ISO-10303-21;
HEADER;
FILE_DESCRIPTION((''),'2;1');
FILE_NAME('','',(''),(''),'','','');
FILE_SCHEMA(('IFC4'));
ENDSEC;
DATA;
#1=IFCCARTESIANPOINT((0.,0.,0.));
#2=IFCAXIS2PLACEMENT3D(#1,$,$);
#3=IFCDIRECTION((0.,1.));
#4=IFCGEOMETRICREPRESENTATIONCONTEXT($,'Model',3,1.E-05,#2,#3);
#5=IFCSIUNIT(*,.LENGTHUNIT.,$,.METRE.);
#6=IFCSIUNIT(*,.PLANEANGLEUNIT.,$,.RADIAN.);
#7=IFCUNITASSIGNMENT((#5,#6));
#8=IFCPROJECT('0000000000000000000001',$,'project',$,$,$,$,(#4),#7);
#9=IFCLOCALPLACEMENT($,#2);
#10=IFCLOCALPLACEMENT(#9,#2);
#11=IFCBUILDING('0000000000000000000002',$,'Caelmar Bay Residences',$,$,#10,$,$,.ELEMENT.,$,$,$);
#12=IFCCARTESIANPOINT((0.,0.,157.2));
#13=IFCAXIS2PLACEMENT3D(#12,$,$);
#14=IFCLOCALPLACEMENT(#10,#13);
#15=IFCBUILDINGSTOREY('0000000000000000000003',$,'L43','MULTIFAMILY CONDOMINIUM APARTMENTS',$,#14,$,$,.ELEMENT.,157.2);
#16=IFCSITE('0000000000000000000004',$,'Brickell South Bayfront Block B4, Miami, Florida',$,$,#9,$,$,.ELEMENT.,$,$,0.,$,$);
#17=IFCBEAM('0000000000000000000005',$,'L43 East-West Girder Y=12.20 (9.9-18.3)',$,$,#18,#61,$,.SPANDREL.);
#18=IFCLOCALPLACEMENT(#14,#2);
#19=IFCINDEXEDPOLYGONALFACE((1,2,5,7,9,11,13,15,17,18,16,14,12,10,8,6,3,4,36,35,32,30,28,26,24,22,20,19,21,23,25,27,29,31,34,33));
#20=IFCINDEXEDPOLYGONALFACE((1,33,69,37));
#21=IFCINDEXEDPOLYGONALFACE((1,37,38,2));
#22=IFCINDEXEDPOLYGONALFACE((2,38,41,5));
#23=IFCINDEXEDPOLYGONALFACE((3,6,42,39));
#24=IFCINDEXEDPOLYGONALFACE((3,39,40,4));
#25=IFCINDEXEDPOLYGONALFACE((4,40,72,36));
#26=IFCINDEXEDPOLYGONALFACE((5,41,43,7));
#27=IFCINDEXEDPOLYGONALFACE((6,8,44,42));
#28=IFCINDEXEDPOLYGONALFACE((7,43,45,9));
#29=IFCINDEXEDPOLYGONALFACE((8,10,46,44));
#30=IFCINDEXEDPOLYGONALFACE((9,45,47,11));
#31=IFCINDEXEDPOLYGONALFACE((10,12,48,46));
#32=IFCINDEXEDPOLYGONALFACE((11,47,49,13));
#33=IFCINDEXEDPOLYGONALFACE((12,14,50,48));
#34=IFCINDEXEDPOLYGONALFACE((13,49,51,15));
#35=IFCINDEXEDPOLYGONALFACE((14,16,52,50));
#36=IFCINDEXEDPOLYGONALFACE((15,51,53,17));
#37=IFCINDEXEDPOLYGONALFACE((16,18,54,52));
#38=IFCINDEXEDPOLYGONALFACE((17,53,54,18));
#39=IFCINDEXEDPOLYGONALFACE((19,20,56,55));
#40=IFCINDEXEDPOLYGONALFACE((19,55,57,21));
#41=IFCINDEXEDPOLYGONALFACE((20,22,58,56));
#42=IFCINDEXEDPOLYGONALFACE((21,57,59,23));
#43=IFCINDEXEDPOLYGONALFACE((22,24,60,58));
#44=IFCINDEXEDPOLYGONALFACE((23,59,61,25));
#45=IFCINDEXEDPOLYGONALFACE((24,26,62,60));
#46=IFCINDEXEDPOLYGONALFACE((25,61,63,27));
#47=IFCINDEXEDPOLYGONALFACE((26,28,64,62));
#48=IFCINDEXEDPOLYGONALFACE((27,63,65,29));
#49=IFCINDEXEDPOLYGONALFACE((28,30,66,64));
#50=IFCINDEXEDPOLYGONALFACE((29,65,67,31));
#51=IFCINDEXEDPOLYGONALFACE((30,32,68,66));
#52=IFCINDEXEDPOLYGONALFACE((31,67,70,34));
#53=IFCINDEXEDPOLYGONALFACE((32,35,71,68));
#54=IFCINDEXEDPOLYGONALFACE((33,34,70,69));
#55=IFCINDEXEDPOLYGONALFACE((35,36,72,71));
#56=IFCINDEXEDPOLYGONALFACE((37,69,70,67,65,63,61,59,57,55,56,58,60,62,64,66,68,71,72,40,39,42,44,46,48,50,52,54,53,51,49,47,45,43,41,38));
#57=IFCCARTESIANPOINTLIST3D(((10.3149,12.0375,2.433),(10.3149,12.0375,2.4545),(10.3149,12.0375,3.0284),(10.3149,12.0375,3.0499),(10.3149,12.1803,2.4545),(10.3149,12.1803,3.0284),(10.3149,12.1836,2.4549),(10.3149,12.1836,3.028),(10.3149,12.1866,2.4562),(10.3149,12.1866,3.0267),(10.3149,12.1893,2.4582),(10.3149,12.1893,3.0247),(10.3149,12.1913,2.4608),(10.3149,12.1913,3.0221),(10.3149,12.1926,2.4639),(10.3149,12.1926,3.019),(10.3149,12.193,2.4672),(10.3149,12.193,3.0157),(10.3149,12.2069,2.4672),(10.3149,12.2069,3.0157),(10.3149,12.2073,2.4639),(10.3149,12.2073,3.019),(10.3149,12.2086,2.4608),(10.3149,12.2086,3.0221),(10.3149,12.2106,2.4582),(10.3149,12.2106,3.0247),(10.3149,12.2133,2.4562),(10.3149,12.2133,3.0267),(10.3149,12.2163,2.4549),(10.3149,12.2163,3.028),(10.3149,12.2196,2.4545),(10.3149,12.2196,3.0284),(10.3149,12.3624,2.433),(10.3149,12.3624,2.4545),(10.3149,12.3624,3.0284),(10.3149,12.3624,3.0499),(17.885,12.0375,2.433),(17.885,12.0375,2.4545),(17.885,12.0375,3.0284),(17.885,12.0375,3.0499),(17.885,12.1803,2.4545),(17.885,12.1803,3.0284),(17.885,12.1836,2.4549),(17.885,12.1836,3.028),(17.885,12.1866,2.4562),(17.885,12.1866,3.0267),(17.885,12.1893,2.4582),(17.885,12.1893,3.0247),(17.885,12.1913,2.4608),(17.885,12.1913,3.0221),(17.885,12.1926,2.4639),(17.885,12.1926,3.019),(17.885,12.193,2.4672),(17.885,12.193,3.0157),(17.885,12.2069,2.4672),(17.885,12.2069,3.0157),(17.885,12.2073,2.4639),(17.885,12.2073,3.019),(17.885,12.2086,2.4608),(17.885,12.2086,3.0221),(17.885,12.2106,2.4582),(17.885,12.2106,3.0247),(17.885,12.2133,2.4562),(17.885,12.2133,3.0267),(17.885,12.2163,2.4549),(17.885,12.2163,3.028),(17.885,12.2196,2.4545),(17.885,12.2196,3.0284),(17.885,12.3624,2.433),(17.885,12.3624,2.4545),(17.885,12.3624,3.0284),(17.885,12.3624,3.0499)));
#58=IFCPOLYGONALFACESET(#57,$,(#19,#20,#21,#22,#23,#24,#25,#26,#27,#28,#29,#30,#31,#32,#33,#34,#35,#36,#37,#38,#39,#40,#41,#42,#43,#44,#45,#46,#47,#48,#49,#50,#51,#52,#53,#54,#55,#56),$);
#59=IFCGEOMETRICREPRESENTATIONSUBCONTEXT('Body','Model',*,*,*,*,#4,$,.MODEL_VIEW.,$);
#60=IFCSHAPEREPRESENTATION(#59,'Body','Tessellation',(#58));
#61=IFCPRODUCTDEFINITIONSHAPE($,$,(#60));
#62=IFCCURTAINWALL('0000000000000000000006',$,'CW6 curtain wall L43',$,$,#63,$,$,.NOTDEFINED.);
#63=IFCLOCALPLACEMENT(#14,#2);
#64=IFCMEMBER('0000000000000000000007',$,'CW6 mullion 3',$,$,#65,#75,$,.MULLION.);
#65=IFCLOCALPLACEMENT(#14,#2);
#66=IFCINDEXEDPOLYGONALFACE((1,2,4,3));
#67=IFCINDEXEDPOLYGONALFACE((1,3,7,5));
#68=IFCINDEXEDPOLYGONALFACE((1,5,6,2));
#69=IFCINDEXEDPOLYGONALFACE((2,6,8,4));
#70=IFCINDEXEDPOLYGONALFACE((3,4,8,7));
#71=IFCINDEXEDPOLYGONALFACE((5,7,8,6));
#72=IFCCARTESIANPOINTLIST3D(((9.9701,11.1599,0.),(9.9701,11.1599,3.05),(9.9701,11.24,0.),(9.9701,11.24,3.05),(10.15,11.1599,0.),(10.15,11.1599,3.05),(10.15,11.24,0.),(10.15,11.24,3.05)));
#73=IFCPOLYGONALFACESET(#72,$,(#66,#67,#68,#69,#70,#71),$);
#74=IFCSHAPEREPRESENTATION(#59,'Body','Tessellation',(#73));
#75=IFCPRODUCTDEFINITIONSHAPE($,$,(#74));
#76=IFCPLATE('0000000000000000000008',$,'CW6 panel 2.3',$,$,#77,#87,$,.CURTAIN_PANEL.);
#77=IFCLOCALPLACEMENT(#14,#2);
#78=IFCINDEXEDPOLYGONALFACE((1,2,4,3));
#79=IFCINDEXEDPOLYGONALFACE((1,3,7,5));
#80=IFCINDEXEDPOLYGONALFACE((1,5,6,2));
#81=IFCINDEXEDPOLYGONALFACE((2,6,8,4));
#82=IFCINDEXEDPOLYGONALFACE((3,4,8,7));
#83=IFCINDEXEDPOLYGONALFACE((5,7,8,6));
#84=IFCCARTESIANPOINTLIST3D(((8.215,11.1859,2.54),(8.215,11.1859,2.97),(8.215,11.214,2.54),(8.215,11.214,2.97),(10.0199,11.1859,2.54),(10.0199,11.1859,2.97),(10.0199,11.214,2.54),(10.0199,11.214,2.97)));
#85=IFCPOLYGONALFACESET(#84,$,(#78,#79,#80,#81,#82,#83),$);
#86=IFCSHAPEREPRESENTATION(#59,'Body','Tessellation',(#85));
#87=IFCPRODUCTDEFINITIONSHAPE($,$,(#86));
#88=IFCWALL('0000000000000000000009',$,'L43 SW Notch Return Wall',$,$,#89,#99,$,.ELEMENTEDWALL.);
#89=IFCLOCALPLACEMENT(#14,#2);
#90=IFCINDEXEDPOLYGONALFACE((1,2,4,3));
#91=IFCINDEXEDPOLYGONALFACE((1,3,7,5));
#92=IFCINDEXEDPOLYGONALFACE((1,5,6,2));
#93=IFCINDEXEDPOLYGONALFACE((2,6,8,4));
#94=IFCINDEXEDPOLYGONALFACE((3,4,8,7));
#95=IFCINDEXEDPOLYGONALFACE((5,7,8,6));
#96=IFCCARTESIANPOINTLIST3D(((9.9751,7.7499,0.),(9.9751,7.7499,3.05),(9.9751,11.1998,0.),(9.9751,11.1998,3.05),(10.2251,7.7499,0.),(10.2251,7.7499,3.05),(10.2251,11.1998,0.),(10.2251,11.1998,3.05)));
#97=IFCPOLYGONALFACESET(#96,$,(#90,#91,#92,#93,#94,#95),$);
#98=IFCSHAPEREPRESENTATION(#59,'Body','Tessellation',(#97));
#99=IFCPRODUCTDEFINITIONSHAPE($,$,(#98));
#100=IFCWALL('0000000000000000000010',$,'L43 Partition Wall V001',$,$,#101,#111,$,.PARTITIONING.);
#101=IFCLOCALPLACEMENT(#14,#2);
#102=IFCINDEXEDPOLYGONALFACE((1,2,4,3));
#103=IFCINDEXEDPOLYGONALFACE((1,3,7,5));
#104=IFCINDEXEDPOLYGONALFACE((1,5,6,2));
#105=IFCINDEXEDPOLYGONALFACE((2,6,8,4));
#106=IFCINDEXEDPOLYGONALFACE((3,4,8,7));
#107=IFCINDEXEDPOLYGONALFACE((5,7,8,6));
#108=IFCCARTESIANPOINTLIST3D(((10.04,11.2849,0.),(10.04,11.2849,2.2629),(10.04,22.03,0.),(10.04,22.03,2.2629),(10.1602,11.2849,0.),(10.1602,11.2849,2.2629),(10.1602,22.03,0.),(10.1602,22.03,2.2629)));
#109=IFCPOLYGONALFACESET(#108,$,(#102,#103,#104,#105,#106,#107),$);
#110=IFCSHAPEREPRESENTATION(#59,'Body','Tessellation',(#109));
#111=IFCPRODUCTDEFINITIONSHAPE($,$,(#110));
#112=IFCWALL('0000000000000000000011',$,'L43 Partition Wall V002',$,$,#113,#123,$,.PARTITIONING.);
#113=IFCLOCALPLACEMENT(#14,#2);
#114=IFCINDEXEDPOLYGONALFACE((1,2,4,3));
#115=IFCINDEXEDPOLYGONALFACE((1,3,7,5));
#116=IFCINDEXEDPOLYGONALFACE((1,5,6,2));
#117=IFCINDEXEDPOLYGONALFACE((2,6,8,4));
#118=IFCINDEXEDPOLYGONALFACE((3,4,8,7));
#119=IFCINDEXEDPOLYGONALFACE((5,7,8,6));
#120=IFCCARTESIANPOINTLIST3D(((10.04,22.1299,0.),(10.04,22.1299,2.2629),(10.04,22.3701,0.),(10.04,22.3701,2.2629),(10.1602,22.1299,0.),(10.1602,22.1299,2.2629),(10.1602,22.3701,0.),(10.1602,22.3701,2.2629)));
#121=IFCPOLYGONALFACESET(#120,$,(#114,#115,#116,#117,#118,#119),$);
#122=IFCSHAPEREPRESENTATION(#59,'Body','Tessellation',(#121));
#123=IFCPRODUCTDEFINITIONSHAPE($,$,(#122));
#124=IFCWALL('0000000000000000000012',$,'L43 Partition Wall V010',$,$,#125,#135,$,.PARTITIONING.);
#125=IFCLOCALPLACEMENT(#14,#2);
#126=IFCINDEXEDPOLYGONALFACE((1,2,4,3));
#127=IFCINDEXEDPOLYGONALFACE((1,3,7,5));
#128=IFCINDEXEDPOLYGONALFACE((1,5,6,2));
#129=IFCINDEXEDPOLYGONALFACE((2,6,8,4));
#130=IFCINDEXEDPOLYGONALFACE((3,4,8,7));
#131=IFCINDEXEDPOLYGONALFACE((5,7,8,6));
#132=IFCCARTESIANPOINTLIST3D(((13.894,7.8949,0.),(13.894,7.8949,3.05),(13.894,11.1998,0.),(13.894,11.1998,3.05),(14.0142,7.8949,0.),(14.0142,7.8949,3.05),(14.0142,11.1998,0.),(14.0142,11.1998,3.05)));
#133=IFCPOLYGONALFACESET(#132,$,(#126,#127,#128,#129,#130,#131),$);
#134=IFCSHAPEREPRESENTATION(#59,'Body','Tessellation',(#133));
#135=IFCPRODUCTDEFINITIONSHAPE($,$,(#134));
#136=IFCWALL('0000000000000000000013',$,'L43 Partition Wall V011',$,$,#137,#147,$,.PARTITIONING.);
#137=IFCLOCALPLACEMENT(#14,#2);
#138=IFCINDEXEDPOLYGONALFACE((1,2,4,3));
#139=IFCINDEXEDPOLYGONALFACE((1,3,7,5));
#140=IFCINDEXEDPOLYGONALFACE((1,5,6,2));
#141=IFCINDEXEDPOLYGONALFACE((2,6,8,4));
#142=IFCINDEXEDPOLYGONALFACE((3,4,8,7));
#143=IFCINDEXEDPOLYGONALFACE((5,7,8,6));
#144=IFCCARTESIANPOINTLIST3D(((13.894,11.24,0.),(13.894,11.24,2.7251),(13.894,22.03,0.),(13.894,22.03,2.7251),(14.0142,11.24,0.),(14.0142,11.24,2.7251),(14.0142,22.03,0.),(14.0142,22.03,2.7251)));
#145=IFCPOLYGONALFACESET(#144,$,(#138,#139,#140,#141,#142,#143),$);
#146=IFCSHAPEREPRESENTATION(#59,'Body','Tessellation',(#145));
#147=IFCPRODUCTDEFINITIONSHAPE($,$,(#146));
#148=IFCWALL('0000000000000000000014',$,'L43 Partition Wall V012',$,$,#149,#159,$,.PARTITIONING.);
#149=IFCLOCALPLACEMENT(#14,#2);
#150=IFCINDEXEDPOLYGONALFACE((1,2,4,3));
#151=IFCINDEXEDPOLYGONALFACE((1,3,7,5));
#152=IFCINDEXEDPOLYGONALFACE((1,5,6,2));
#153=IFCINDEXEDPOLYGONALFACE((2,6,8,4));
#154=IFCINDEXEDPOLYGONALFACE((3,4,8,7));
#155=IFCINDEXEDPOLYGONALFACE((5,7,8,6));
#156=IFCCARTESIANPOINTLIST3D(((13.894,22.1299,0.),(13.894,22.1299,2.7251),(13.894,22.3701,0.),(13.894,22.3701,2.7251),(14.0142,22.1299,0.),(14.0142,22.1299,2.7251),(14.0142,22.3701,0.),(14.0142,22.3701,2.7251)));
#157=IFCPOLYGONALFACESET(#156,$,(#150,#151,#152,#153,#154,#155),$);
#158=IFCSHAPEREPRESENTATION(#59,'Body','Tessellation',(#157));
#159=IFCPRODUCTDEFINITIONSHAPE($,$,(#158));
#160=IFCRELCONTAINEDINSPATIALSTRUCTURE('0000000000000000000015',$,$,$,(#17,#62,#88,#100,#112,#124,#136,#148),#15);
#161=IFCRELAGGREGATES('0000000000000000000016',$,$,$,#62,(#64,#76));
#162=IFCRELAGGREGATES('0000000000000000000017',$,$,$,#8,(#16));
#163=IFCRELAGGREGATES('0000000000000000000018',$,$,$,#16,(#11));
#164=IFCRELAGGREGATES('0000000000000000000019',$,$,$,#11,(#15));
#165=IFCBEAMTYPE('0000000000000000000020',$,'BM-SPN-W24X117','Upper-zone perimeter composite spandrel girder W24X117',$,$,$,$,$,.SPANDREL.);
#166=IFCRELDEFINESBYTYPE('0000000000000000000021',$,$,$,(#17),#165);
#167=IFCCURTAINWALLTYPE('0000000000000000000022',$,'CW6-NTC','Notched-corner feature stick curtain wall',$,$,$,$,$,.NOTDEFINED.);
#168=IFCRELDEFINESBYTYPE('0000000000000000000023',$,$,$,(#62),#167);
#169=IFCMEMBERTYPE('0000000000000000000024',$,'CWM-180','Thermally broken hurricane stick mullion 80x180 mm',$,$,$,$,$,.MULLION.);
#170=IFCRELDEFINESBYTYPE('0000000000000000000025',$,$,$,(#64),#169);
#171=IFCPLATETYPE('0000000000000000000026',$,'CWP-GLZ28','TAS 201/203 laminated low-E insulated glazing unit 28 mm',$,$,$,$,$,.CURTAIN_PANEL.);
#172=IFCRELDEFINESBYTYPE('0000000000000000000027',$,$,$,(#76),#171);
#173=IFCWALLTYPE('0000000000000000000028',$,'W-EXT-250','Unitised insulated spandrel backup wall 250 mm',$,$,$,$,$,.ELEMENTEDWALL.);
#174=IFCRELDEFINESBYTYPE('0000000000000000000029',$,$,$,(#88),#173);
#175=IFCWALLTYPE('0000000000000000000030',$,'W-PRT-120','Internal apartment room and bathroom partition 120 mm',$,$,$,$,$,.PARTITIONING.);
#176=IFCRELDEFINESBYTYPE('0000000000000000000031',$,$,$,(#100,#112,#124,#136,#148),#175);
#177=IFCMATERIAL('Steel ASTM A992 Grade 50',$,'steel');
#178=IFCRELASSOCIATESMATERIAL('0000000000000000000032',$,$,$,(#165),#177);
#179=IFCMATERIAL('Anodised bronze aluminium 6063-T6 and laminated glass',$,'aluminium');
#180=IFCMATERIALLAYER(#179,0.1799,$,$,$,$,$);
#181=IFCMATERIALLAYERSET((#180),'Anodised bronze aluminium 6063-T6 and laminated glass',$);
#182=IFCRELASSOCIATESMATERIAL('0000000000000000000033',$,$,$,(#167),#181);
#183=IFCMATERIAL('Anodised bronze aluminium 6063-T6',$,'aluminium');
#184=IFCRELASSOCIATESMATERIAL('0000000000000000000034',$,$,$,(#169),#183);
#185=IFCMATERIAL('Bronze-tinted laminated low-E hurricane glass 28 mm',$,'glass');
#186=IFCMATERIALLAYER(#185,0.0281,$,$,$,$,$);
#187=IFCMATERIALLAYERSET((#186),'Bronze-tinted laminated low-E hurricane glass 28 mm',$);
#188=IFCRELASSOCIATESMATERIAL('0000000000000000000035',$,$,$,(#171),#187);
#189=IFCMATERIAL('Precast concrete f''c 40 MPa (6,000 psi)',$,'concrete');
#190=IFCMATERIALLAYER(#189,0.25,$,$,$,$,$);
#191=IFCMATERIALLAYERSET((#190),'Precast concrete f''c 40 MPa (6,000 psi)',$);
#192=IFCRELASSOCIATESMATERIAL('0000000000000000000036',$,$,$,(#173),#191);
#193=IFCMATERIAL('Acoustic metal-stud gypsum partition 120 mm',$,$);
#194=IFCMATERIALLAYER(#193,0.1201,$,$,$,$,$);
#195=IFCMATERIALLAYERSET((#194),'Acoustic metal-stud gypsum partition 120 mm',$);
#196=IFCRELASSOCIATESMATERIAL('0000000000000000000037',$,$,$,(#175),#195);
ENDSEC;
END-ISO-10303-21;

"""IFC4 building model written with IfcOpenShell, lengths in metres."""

from ifc_helpers import new_model, si_unit, direction, frame, frame_2d, origin, origin_2d, place, context, subcontext, project, spatial, rectangle, i_section, extrude, material, layer, layer_set, material_profile, profile_set, type_object, element, aggregate, save


model = new_model("IFC4")

# Units and contexts
model_context = context("Model", 3, precision=1e-05, world=origin(), true_north=direction((0.0, 1.0)))
body_context = subcontext(model_context, "Body", "Model", "MODEL_VIEW")
ifc_project = project(units=[si_unit("LENGTHUNIT", "METRE"), si_unit("PLANEANGLEUNIT", "RADIAN")], contexts=[model_context])

# Site, building, storey
site_placement = place(None, origin())
site = spatial("IfcSite", under=ifc_project, at=site_placement, Name="Brickell South Bayfront Block B4, Miami, Florida", CompositionType="ELEMENT", RefElevation=0.0)
building_placement = place(site_placement, origin())
building = spatial("IfcBuilding", under=site, at=building_placement, Name="Caelmar Bay Residences", CompositionType="ELEMENT")
storey_placement = place(building_placement, frame((0.0, 0.0, 157.2)))
storey = spatial("IfcBuildingStorey", under=building, at=storey_placement, Name="L43", Description="MULTIFAMILY CONDOMINIUM APARTMENTS", CompositionType="ELEMENT", Elevation=157.2)

# Beam
ifc_material_1 = material(Name="Steel ASTM A992 Grade 50", Category="steel")
ifc_material_profile_1 = material_profile(ifc_material_1, i_section(OverallWidth=0.325, OverallDepth=0.6169, WebThickness=0.0139, FlangeThickness=0.0215, FilletRadius=0.0127, at=origin_2d()), Name="W24X117")
ifc_profile_set_1 = profile_set([ifc_material_profile_1], Name="Steel ASTM A992 Grade 50")
beam_type_1 = type_object("IfcBeamType", Name="BM-SPN-W24X117", Description="Upper-zone perimeter composite spandrel girder W24X117", PredefinedType="SPANDREL", material=ifc_profile_set_1)
beam_1_placement = place(storey_placement, frame((10.3149, 12.2, 2.7415), z_axis=(1.0, 0.0, 0.0), x_axis=(0.0, 1.0, 0.0)))
element("IfcBeam", 1, at=beam_1_placement, inside=storey, type_object=beam_type_1, Name="L43 East-West Girder Y=12.20 (9.9-18.3)", PredefinedType="SPANDREL", context=body_context, shape_type="SweptSolid", body=[
    extrude(i_section(OverallWidth=0.325, OverallDepth=0.6169, WebThickness=0.0139, FlangeThickness=0.0215, FilletRadius=0.0127, at=origin_2d()), origin(), (0.0, 0.0, 1.0), 7.5701),
])

# Curtain wall, member, plate
ifc_material_2 = material(Name="Anodised bronze aluminium 6063-T6 and laminated glass", Category="aluminium")
ifc_layer_1 = layer(ifc_material_2, 0.1799)
ifc_layer_set_1 = layer_set([ifc_layer_1], Name="Anodised bronze aluminium 6063-T6 and laminated glass")
curtain_wall_type = type_object("IfcCurtainWallType", Name="CW6-NTC", Description="Notched-corner feature stick curtain wall", PredefinedType="NOTDEFINED", material=ifc_layer_set_1)
curtain_wall_placement = place(storey_placement, origin())
curtain_wall = element("IfcCurtainWall", 2, at=curtain_wall_placement, inside=storey, type_object=curtain_wall_type, Name="CW6 curtain wall L43", PredefinedType="NOTDEFINED")
ifc_material_3 = material(Name="Anodised bronze aluminium 6063-T6", Category="aluminium")
ifc_material_profile_2 = material_profile(ifc_material_3, rectangle(XDim=0.0801, YDim=0.1799, at=origin_2d()), Name="CWM-80X180")
ifc_profile_set_2 = profile_set([ifc_material_profile_2], Name="Anodised bronze aluminium 6063-T6")
member_type = type_object("IfcMemberType", Name="CWM-180", Description="Thermally broken hurricane stick mullion 80x180 mm", PredefinedType="MULLION", material=ifc_profile_set_2)
member_placement = place(storey_placement, frame((10.0601, 11.2, 0.0), z_axis=(0.0, 0.0, 1.0), x_axis=(0.0, 1.0, 0.0)))
member = element("IfcMember", 3, at=member_placement, type_object=member_type, Name="CW6 mullion 3", PredefinedType="MULLION", context=body_context, shape_type="SweptSolid", body=[
    extrude(rectangle(XDim=0.0801, YDim=0.1799, at=origin_2d()), origin(), (0.0, 0.0, 1.0), 3.05),
])
ifc_material_4 = material(Name="Bronze-tinted laminated low-E hurricane glass 28 mm", Category="glass")
ifc_layer_2 = layer(ifc_material_4, 0.0281)
ifc_layer_set_2 = layer_set([ifc_layer_2], Name="Bronze-tinted laminated low-E hurricane glass 28 mm")
plate_type = type_object("IfcPlateType", Name="CWP-GLZ28", Description="TAS 201/203 laminated low-E insulated glazing unit 28 mm", PredefinedType="CURTAIN_PANEL", material=ifc_layer_set_2)
plate_placement = place(storey_placement, frame((9.1174, 11.2, 2.54), z_axis=(0.0, 0.0, 1.0), x_axis=(1.0, 0.0, 0.0)))
plate = element("IfcPlate", 4, at=plate_placement, type_object=plate_type, Name="CW6 panel 2.3", PredefinedType="CURTAIN_PANEL", context=body_context, shape_type="SweptSolid", body=[
    extrude(rectangle(XDim=1.8049, YDim=0.0281, at=origin_2d()), origin(), (0.0, 0.0, 1.0), 0.4299),
])
aggregate(curtain_wall, [member, plate])

# Walls
ifc_material_5 = material(Name="Precast concrete f'c 40 MPa (6,000 psi)", Category="concrete")
ifc_layer_3 = layer(ifc_material_5, 0.25)
ifc_layer_set_3 = layer_set([ifc_layer_3], Name="Precast concrete f'c 40 MPa (6,000 psi)")
wall_type_1 = type_object("IfcWallType", Name="W-EXT-250", Description="Unitised insulated spandrel backup wall 250 mm", PredefinedType="ELEMENTEDWALL", material=ifc_layer_set_3)
wall_1_placement = place(storey_placement, frame((10.1001, 11.2, 0.0), z_axis=(0.0, 0.0, 1.0), x_axis=(0.0, -1.0, 0.0)))
element("IfcWall", 5, at=wall_1_placement, inside=storey, type_object=wall_type_1, Name="L43 SW Notch Return Wall", PredefinedType="ELEMENTEDWALL", context=body_context, shape_type="SweptSolid", body=[
    extrude(rectangle(XDim=3.45, YDim=0.25, at=frame_2d((1.7251, 0.0))), origin(), (0.0, 0.0, 1.0), 3.05),
])
ifc_material_6 = material(Name="Acoustic metal-stud gypsum partition 120 mm")
ifc_layer_4 = layer(ifc_material_6, 0.1201)
ifc_layer_set_4 = layer_set([ifc_layer_4], Name="Acoustic metal-stud gypsum partition 120 mm")
wall_type_2 = type_object("IfcWallType", Name="W-PRT-120", Description="Internal apartment room and bathroom partition 120 mm", PredefinedType="PARTITIONING", material=ifc_layer_set_4)
wall_2_placement = place(storey_placement, frame((10.1001, 11.2849, 0.0), z_axis=(0.0, 0.0, 1.0), x_axis=(0.0, 1.0, 0.0)))
element("IfcWall", 6, at=wall_2_placement, inside=storey, type_object=wall_type_2, Name="L43 Partition Wall V001", PredefinedType="PARTITIONING", context=body_context, shape_type="SweptSolid", body=[
    extrude(rectangle(XDim=10.7451, YDim=0.1201, at=frame_2d((5.3726, 0.0))), origin(), (0.0, 0.0, 1.0), 2.2629),
])
wall_3_placement = place(storey_placement, frame((10.1001, 22.1299, 0.0), z_axis=(0.0, 0.0, 1.0), x_axis=(0.0, 1.0, 0.0)))
element("IfcWall", 7, at=wall_3_placement, inside=storey, type_object=wall_type_2, Name="L43 Partition Wall V002", PredefinedType="PARTITIONING", context=body_context, shape_type="SweptSolid", body=[
    extrude(rectangle(XDim=0.2402, YDim=0.1201, at=frame_2d((0.1201, 0.0))), origin(), (0.0, 0.0, 1.0), 2.2629),
])
wall_4_placement = place(storey_placement, frame((13.9541, 7.895, 0.0), z_axis=(0.0, 0.0, 1.0), x_axis=(0.0, 1.0, 0.0)))
element("IfcWall", 8, at=wall_4_placement, inside=storey, type_object=wall_type_2, Name="L43 Partition Wall V010", PredefinedType="PARTITIONING", context=body_context, shape_type="SweptSolid", body=[
    extrude(rectangle(XDim=3.3049, YDim=0.1201, at=frame_2d((1.6523, 0.0))), origin(), (0.0, 0.0, 1.0), 3.05),
])
wall_5_placement = place(storey_placement, frame((13.9541, 11.24, 0.0), z_axis=(0.0, 0.0, 1.0), x_axis=(0.0, 1.0, 0.0)))
element("IfcWall", 9, at=wall_5_placement, inside=storey, type_object=wall_type_2, Name="L43 Partition Wall V011", PredefinedType="PARTITIONING", context=body_context, shape_type="SweptSolid", body=[
    extrude(rectangle(XDim=10.79, YDim=0.1201, at=frame_2d((5.395, 0.0))), origin(), (0.0, 0.0, 1.0), 2.7251),
])
wall_6_placement = place(storey_placement, frame((13.9541, 22.1299, 0.0), z_axis=(0.0, 0.0, 1.0), x_axis=(0.0, 1.0, 0.0)))
element("IfcWall", 10, at=wall_6_placement, inside=storey, type_object=wall_type_2, Name="L43 Partition Wall V012", PredefinedType="PARTITIONING", context=body_context, shape_type="SweptSolid", body=[
    extrude(rectangle(XDim=0.2402, YDim=0.1201, at=frame_2d((0.1201, 0.0))), origin(), (0.0, 0.0, 1.0), 2.7251),
])

save(model, "model.ifc")
